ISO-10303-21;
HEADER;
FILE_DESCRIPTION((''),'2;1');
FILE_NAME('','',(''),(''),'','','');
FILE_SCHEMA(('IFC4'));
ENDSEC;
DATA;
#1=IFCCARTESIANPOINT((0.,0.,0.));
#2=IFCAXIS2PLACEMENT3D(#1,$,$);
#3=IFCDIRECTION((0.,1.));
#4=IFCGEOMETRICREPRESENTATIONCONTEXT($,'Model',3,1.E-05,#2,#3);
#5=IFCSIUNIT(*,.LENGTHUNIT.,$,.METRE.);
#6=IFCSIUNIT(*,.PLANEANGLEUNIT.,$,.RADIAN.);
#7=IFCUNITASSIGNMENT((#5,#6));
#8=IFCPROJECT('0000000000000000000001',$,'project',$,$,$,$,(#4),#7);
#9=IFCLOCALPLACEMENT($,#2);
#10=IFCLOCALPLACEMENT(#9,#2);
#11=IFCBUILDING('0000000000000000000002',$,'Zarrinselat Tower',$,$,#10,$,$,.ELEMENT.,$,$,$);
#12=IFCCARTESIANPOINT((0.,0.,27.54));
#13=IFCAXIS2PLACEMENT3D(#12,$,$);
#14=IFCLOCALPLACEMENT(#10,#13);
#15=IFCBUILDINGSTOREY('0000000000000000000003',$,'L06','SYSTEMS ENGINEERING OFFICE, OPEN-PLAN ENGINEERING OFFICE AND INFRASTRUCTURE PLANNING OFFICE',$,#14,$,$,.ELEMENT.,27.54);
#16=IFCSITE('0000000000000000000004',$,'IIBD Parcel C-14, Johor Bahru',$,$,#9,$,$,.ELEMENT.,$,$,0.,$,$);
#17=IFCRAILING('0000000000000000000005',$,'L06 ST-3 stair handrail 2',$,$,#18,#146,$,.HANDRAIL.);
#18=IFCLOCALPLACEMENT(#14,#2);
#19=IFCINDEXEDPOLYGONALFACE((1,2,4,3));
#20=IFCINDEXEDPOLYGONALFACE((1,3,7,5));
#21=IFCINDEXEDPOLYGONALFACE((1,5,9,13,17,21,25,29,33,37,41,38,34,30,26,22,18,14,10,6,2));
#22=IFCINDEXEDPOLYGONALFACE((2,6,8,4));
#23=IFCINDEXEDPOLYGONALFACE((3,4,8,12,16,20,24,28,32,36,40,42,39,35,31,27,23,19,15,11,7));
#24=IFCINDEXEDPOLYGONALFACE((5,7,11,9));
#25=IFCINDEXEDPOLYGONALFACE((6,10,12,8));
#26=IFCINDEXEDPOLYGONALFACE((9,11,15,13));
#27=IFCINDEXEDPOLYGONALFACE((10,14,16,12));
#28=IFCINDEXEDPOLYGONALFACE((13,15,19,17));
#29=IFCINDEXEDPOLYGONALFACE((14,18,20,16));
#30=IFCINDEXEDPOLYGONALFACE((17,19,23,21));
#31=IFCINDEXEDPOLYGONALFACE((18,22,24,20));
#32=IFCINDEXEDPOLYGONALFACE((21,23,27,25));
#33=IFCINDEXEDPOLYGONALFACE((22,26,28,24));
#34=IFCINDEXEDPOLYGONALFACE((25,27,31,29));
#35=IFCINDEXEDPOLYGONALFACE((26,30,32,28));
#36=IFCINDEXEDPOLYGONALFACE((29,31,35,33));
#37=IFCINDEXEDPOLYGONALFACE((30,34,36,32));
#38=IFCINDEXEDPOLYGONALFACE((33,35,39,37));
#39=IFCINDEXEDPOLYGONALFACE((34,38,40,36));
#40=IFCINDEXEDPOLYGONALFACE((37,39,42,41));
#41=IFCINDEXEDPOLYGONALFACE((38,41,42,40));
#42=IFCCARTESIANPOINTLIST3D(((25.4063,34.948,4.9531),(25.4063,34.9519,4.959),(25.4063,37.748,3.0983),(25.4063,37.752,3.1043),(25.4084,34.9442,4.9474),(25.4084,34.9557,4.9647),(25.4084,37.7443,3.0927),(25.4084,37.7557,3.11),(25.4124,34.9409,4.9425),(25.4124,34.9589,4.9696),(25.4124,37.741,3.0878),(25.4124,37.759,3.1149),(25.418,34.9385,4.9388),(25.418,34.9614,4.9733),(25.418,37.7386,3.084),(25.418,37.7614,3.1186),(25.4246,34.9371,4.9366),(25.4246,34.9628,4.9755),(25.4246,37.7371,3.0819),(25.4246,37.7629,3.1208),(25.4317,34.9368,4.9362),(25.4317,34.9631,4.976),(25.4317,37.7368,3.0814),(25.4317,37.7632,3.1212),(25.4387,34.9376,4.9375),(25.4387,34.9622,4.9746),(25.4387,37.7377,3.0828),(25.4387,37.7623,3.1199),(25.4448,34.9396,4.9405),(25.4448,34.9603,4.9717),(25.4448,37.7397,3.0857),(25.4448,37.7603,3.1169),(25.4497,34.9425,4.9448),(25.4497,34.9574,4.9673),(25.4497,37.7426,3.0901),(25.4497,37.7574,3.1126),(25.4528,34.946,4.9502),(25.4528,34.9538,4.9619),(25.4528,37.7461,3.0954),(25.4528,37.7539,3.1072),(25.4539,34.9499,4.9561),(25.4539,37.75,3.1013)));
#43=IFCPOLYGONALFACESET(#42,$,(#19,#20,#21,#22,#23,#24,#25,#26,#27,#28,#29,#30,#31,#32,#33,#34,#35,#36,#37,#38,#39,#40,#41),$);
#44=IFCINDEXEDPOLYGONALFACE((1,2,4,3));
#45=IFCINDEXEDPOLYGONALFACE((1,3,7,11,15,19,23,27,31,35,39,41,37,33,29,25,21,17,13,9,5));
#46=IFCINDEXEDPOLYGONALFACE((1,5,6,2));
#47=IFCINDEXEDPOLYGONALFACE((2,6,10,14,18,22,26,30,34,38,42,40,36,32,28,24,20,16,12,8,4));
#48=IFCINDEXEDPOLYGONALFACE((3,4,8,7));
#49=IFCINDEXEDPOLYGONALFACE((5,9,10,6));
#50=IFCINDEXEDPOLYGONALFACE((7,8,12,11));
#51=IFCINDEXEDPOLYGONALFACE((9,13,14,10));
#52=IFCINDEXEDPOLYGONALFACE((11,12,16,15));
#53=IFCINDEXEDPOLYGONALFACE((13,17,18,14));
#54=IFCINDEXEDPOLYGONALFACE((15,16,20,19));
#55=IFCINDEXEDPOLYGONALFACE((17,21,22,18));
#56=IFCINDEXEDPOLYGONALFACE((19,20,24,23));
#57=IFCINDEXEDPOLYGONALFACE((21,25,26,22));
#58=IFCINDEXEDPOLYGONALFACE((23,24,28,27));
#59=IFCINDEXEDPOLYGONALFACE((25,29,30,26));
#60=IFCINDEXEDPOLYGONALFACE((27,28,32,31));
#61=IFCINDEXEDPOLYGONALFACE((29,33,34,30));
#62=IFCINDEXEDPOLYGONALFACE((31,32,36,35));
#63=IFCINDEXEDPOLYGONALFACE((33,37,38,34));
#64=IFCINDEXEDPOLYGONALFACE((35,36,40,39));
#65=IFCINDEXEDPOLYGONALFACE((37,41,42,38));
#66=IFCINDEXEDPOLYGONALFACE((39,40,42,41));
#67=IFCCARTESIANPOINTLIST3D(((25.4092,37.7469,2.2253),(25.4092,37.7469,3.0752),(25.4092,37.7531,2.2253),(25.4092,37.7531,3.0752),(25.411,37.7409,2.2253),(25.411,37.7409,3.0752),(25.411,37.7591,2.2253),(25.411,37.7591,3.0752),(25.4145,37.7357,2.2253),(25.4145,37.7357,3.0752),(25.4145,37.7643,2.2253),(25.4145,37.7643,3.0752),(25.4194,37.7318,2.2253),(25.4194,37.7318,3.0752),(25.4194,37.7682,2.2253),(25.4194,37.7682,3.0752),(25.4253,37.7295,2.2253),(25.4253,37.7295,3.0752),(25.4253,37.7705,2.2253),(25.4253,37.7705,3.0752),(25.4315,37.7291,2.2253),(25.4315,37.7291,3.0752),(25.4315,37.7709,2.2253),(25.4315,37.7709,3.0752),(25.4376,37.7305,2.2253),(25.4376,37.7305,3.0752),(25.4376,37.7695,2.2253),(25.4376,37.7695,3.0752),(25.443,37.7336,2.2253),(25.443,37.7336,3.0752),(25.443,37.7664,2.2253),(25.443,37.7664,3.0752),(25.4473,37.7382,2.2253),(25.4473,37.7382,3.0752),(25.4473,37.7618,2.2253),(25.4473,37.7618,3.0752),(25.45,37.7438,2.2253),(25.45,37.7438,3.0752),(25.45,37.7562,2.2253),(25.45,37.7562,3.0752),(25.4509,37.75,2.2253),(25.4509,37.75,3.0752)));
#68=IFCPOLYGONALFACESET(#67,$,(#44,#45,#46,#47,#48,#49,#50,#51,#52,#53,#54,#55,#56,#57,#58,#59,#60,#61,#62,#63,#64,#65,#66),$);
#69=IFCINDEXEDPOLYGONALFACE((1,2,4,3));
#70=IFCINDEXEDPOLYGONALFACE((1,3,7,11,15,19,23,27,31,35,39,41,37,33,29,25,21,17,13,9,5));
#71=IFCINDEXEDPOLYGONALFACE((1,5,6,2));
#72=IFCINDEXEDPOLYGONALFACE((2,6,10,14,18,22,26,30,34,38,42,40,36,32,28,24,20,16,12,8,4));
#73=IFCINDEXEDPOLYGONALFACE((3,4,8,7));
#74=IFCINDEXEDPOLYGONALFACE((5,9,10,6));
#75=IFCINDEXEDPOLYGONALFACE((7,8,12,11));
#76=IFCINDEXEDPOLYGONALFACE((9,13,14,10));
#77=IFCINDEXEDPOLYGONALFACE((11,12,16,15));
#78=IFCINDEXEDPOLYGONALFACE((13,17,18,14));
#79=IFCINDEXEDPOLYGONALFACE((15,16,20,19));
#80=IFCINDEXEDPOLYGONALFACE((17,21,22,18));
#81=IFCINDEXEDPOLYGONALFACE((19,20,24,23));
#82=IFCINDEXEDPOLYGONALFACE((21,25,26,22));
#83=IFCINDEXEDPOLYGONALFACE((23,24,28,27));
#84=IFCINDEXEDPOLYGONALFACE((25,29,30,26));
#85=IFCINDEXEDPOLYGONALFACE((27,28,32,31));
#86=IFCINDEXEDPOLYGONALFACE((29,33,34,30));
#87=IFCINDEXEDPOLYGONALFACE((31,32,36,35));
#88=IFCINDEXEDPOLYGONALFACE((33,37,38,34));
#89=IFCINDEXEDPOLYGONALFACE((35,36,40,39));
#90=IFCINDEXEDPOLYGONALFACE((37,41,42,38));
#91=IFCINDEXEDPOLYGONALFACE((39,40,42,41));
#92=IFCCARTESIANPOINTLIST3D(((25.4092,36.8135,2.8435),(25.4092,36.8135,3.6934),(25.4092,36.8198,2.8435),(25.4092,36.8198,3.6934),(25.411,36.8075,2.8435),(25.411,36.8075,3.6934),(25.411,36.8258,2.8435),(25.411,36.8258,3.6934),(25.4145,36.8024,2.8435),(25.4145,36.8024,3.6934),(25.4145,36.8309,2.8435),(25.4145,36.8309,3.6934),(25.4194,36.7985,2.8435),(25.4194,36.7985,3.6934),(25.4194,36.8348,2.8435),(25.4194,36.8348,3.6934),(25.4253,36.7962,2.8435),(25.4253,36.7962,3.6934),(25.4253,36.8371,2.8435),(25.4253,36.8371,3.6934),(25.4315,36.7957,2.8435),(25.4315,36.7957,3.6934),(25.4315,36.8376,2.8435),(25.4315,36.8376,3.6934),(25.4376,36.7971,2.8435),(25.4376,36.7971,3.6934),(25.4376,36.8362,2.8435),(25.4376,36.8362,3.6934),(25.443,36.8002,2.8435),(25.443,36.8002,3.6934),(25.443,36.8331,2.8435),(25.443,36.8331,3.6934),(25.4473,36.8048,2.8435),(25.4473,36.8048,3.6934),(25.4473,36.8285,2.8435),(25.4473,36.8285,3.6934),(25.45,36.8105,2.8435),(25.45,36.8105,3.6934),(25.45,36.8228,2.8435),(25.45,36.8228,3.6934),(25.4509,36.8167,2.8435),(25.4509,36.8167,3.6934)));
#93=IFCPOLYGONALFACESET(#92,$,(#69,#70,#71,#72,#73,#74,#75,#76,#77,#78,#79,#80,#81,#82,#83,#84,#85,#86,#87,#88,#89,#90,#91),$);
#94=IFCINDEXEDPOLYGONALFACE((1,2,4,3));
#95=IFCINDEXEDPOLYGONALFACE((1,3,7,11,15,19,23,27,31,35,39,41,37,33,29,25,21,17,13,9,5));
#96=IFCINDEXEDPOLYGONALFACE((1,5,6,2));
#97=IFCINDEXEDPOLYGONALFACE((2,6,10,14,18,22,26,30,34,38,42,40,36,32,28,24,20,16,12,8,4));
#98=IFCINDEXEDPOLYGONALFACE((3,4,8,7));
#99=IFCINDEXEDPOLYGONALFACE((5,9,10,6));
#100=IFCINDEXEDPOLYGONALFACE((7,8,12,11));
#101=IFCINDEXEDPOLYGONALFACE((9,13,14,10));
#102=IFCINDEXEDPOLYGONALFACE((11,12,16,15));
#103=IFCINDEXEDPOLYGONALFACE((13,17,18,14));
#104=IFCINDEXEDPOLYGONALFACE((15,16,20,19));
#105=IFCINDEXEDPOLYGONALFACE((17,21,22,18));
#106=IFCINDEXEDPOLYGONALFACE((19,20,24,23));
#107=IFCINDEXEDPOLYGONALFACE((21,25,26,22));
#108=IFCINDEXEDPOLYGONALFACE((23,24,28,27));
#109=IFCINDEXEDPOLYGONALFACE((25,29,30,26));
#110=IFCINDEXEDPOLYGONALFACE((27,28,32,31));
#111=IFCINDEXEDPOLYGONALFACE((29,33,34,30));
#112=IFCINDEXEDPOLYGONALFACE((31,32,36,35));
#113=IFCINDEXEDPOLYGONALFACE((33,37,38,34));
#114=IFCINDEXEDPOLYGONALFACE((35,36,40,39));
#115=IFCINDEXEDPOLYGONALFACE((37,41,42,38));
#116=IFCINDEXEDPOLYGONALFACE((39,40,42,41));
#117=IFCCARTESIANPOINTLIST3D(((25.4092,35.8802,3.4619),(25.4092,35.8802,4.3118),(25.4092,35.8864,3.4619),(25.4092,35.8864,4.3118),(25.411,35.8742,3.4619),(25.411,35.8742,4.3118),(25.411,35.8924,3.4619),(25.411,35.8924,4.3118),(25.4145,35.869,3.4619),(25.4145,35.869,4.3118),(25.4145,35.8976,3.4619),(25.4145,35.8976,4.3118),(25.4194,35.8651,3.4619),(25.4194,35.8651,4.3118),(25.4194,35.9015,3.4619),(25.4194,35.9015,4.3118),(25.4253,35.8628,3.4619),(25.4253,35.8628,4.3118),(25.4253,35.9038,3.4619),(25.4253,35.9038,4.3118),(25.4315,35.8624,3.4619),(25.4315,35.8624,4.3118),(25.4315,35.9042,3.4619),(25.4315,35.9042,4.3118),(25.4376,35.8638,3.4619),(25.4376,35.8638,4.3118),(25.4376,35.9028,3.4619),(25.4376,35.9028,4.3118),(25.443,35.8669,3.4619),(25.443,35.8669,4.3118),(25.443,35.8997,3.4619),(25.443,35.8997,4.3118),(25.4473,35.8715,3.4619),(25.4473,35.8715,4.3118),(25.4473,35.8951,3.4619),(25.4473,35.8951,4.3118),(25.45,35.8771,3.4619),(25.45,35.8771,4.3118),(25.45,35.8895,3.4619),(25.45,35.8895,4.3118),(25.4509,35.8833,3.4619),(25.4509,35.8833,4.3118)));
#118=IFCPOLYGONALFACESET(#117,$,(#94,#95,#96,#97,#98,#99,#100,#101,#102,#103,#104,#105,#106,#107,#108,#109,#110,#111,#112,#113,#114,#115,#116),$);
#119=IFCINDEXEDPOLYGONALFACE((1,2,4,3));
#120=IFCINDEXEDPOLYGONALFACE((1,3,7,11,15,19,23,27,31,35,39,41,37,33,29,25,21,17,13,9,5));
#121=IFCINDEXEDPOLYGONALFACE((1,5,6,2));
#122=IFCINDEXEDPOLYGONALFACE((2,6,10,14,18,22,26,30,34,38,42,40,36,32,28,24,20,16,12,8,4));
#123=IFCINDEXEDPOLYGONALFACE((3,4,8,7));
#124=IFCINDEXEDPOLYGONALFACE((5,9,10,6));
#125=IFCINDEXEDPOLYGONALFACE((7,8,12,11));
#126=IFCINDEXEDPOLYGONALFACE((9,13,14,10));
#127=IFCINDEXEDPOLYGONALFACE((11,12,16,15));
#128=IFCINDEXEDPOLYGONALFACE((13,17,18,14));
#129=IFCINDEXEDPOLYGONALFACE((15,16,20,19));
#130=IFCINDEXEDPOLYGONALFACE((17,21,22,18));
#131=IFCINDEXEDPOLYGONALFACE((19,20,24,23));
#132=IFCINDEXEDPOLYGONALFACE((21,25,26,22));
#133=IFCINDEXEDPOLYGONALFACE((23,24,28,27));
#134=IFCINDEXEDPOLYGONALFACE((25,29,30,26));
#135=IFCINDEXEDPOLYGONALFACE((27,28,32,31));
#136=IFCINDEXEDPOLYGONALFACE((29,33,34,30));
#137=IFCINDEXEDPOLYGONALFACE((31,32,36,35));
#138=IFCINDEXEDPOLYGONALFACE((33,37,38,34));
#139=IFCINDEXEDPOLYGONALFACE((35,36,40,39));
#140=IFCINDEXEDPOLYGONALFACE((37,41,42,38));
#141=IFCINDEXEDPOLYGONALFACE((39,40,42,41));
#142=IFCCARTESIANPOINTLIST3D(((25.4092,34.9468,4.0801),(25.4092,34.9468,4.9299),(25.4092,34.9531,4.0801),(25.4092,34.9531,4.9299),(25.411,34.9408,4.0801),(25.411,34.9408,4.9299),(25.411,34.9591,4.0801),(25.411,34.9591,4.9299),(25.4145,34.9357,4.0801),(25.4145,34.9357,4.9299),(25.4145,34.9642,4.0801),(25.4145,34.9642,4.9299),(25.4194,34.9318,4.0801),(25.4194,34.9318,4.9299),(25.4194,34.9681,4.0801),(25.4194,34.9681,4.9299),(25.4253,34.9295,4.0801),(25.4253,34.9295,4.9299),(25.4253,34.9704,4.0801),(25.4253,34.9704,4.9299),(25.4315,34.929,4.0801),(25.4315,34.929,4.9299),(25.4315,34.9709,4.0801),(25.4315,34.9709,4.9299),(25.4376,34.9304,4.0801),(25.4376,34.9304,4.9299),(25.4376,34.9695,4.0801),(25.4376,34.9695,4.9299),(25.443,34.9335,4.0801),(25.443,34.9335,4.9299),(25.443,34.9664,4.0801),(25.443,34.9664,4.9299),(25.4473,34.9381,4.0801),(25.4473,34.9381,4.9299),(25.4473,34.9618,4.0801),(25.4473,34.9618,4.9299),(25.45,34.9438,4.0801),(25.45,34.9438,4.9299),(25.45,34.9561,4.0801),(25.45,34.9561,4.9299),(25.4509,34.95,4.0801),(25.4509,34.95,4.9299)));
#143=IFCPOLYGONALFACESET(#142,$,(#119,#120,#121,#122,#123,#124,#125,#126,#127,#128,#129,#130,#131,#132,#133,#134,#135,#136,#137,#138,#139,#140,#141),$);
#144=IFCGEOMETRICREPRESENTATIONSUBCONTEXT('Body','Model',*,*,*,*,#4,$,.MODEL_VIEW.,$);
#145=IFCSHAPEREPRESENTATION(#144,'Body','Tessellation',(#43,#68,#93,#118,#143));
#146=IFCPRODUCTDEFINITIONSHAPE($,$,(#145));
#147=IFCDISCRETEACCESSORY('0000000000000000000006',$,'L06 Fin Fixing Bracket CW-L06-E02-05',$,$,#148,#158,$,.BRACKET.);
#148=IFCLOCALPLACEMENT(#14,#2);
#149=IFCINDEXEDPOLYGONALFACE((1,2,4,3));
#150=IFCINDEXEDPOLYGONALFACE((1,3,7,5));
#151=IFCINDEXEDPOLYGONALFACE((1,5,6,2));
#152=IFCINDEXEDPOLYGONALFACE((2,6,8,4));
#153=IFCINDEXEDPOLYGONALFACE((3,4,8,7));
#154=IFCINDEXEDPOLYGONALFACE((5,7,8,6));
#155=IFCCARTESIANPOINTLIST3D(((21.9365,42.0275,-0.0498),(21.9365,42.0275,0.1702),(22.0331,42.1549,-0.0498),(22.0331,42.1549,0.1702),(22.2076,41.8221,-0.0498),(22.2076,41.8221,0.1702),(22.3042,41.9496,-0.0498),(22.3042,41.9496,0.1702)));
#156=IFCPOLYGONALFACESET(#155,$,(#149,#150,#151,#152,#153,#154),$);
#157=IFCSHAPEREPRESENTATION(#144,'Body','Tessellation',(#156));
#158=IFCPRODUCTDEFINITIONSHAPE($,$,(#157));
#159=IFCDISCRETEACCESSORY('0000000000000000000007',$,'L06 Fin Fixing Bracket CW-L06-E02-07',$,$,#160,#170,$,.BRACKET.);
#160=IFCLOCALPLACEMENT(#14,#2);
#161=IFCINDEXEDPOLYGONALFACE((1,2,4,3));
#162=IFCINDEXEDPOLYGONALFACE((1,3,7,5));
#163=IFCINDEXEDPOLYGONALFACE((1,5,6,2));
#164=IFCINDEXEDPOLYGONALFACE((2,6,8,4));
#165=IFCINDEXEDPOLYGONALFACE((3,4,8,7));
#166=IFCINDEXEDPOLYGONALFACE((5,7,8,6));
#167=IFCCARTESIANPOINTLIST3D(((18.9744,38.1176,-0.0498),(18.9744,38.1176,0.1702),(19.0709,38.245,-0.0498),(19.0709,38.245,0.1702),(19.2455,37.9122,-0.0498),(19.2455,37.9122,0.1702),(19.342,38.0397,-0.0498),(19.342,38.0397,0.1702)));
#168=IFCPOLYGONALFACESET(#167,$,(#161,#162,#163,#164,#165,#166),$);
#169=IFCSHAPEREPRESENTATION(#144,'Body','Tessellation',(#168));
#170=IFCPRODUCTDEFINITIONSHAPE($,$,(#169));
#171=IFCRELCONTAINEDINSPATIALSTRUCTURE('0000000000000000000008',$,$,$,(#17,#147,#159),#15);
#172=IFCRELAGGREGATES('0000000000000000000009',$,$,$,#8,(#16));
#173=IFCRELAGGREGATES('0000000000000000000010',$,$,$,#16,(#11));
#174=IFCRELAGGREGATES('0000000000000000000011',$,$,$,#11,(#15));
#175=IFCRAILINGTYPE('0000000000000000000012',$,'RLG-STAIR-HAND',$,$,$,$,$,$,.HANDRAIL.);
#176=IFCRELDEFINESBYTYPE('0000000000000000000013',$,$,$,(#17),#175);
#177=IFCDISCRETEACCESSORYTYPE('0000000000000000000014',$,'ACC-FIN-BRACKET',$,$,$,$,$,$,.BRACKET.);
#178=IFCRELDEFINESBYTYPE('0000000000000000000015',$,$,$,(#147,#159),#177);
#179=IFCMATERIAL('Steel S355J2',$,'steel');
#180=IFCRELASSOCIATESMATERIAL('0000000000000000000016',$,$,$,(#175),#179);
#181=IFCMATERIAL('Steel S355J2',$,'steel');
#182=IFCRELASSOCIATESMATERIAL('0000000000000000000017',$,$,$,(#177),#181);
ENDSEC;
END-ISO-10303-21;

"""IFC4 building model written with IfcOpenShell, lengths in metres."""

from ifc_helpers import new_model, si_unit, direction, frame, origin, origin_2d, place, context, subcontext, project, spatial, rectangle, circle, extrude, material, type_object, element, save


model = new_model("IFC4")

# Units and contexts
model_context = context("Model", 3, precision=1e-05, world=origin(), true_north=direction((0.0, 1.0)))
body_context = subcontext(model_context, "Body", "Model", "MODEL_VIEW")
ifc_project = project(units=[si_unit("LENGTHUNIT", "METRE"), si_unit("PLANEANGLEUNIT", "RADIAN")], contexts=[model_context])

# Site, building, storey
site_placement = place(None, origin())
site = spatial("IfcSite", under=ifc_project, at=site_placement, Name="IIBD Parcel C-14, Johor Bahru", CompositionType="ELEMENT", RefElevation=0.0)
building_placement = place(site_placement, origin())
building = spatial("IfcBuilding", under=site, at=building_placement, Name="Zarrinselat Tower", CompositionType="ELEMENT")
storey_placement = place(building_placement, frame((0.0, 0.0, 27.54)))
storey = spatial("IfcBuildingStorey", under=building, at=storey_placement, Name="L06", Description="SYSTEMS ENGINEERING OFFICE, OPEN-PLAN ENGINEERING OFFICE AND INFRASTRUCTURE PLANNING OFFICE", CompositionType="ELEMENT", Elevation=27.54)

# Railing
ifc_material_1 = material(Name="Steel S355J2", Category="steel")
railing_type_1 = type_object("IfcRailingType", Name="RLG-STAIR-HAND", PredefinedType="HANDRAIL", material=ifc_material_1)
railing_1_placement = place(storey_placement, frame((25.4299, 37.75, 2.2253)))
element("IfcRailing", 1, at=railing_1_placement, inside=storey, type_object=railing_type_1, Name="L06 ST-3 stair handrail 2", PredefinedType="HANDRAIL", context=body_context, shape_type="SweptSolid", body=[
    extrude(circle(Radius=0.0239, at=origin_2d()), frame((0.0, 0.0, 0.876), z_axis=(0.0, -0.833691, 0.552232), x_axis=(1.0, 0.0, 0.0)), (0.0, 0.0, 1.0), 3.3586),
    extrude(circle(Radius=0.021, at=origin_2d()), origin(), (0.0, 0.0, 1.0), 0.8499),
    extrude(circle(Radius=0.021, at=origin_2d()), frame((0.0, -0.9333, 0.6182)), (0.0, 0.0, 1.0), 0.8499),
    extrude(circle(Radius=0.021, at=origin_2d()), frame((0.0, -1.8667, 1.2366)), (0.0, 0.0, 1.0), 0.8499),
    extrude(circle(Radius=0.021, at=origin_2d()), frame((0.0, -2.8, 1.8547)), (0.0, 0.0, 1.0), 0.8499),
])

# Discrete accessories
ifc_material_2 = material(Name="Steel S355J2", Category="steel")
discrete_accessory_type = type_object("IfcDiscreteAccessoryType", Name="ACC-FIN-BRACKET", PredefinedType="BRACKET", material=ifc_material_2)
for number, where, z_axis, x_axis, name in (
    (2, (22.1204, 41.9885, -0.0498), (0.0, 0.0, 1.0), (-0.797091, 0.603859, 0.0), "L06 Fin Fixing Bracket CW-L06-E02-05"),
    (3, (19.1582, 38.0786, -0.0498), (0.0, 0.0, 1.0), (-0.797091, 0.603859, 0.0), "L06 Fin Fixing Bracket CW-L06-E02-07"),
):
    element("IfcDiscreteAccessory", number, at=place(storey_placement, frame(where, z_axis=z_axis, x_axis=x_axis)), inside=storey, type_object=discrete_accessory_type, Name=name, PredefinedType="BRACKET", context=body_context, shape_type="SweptSolid", body=[
        extrude(rectangle(XDim=0.3401, YDim=0.1599, at=origin_2d()), origin(), (0.0, 0.0, 1.0), 0.22),
    ])

save(model, "model.ifc")
